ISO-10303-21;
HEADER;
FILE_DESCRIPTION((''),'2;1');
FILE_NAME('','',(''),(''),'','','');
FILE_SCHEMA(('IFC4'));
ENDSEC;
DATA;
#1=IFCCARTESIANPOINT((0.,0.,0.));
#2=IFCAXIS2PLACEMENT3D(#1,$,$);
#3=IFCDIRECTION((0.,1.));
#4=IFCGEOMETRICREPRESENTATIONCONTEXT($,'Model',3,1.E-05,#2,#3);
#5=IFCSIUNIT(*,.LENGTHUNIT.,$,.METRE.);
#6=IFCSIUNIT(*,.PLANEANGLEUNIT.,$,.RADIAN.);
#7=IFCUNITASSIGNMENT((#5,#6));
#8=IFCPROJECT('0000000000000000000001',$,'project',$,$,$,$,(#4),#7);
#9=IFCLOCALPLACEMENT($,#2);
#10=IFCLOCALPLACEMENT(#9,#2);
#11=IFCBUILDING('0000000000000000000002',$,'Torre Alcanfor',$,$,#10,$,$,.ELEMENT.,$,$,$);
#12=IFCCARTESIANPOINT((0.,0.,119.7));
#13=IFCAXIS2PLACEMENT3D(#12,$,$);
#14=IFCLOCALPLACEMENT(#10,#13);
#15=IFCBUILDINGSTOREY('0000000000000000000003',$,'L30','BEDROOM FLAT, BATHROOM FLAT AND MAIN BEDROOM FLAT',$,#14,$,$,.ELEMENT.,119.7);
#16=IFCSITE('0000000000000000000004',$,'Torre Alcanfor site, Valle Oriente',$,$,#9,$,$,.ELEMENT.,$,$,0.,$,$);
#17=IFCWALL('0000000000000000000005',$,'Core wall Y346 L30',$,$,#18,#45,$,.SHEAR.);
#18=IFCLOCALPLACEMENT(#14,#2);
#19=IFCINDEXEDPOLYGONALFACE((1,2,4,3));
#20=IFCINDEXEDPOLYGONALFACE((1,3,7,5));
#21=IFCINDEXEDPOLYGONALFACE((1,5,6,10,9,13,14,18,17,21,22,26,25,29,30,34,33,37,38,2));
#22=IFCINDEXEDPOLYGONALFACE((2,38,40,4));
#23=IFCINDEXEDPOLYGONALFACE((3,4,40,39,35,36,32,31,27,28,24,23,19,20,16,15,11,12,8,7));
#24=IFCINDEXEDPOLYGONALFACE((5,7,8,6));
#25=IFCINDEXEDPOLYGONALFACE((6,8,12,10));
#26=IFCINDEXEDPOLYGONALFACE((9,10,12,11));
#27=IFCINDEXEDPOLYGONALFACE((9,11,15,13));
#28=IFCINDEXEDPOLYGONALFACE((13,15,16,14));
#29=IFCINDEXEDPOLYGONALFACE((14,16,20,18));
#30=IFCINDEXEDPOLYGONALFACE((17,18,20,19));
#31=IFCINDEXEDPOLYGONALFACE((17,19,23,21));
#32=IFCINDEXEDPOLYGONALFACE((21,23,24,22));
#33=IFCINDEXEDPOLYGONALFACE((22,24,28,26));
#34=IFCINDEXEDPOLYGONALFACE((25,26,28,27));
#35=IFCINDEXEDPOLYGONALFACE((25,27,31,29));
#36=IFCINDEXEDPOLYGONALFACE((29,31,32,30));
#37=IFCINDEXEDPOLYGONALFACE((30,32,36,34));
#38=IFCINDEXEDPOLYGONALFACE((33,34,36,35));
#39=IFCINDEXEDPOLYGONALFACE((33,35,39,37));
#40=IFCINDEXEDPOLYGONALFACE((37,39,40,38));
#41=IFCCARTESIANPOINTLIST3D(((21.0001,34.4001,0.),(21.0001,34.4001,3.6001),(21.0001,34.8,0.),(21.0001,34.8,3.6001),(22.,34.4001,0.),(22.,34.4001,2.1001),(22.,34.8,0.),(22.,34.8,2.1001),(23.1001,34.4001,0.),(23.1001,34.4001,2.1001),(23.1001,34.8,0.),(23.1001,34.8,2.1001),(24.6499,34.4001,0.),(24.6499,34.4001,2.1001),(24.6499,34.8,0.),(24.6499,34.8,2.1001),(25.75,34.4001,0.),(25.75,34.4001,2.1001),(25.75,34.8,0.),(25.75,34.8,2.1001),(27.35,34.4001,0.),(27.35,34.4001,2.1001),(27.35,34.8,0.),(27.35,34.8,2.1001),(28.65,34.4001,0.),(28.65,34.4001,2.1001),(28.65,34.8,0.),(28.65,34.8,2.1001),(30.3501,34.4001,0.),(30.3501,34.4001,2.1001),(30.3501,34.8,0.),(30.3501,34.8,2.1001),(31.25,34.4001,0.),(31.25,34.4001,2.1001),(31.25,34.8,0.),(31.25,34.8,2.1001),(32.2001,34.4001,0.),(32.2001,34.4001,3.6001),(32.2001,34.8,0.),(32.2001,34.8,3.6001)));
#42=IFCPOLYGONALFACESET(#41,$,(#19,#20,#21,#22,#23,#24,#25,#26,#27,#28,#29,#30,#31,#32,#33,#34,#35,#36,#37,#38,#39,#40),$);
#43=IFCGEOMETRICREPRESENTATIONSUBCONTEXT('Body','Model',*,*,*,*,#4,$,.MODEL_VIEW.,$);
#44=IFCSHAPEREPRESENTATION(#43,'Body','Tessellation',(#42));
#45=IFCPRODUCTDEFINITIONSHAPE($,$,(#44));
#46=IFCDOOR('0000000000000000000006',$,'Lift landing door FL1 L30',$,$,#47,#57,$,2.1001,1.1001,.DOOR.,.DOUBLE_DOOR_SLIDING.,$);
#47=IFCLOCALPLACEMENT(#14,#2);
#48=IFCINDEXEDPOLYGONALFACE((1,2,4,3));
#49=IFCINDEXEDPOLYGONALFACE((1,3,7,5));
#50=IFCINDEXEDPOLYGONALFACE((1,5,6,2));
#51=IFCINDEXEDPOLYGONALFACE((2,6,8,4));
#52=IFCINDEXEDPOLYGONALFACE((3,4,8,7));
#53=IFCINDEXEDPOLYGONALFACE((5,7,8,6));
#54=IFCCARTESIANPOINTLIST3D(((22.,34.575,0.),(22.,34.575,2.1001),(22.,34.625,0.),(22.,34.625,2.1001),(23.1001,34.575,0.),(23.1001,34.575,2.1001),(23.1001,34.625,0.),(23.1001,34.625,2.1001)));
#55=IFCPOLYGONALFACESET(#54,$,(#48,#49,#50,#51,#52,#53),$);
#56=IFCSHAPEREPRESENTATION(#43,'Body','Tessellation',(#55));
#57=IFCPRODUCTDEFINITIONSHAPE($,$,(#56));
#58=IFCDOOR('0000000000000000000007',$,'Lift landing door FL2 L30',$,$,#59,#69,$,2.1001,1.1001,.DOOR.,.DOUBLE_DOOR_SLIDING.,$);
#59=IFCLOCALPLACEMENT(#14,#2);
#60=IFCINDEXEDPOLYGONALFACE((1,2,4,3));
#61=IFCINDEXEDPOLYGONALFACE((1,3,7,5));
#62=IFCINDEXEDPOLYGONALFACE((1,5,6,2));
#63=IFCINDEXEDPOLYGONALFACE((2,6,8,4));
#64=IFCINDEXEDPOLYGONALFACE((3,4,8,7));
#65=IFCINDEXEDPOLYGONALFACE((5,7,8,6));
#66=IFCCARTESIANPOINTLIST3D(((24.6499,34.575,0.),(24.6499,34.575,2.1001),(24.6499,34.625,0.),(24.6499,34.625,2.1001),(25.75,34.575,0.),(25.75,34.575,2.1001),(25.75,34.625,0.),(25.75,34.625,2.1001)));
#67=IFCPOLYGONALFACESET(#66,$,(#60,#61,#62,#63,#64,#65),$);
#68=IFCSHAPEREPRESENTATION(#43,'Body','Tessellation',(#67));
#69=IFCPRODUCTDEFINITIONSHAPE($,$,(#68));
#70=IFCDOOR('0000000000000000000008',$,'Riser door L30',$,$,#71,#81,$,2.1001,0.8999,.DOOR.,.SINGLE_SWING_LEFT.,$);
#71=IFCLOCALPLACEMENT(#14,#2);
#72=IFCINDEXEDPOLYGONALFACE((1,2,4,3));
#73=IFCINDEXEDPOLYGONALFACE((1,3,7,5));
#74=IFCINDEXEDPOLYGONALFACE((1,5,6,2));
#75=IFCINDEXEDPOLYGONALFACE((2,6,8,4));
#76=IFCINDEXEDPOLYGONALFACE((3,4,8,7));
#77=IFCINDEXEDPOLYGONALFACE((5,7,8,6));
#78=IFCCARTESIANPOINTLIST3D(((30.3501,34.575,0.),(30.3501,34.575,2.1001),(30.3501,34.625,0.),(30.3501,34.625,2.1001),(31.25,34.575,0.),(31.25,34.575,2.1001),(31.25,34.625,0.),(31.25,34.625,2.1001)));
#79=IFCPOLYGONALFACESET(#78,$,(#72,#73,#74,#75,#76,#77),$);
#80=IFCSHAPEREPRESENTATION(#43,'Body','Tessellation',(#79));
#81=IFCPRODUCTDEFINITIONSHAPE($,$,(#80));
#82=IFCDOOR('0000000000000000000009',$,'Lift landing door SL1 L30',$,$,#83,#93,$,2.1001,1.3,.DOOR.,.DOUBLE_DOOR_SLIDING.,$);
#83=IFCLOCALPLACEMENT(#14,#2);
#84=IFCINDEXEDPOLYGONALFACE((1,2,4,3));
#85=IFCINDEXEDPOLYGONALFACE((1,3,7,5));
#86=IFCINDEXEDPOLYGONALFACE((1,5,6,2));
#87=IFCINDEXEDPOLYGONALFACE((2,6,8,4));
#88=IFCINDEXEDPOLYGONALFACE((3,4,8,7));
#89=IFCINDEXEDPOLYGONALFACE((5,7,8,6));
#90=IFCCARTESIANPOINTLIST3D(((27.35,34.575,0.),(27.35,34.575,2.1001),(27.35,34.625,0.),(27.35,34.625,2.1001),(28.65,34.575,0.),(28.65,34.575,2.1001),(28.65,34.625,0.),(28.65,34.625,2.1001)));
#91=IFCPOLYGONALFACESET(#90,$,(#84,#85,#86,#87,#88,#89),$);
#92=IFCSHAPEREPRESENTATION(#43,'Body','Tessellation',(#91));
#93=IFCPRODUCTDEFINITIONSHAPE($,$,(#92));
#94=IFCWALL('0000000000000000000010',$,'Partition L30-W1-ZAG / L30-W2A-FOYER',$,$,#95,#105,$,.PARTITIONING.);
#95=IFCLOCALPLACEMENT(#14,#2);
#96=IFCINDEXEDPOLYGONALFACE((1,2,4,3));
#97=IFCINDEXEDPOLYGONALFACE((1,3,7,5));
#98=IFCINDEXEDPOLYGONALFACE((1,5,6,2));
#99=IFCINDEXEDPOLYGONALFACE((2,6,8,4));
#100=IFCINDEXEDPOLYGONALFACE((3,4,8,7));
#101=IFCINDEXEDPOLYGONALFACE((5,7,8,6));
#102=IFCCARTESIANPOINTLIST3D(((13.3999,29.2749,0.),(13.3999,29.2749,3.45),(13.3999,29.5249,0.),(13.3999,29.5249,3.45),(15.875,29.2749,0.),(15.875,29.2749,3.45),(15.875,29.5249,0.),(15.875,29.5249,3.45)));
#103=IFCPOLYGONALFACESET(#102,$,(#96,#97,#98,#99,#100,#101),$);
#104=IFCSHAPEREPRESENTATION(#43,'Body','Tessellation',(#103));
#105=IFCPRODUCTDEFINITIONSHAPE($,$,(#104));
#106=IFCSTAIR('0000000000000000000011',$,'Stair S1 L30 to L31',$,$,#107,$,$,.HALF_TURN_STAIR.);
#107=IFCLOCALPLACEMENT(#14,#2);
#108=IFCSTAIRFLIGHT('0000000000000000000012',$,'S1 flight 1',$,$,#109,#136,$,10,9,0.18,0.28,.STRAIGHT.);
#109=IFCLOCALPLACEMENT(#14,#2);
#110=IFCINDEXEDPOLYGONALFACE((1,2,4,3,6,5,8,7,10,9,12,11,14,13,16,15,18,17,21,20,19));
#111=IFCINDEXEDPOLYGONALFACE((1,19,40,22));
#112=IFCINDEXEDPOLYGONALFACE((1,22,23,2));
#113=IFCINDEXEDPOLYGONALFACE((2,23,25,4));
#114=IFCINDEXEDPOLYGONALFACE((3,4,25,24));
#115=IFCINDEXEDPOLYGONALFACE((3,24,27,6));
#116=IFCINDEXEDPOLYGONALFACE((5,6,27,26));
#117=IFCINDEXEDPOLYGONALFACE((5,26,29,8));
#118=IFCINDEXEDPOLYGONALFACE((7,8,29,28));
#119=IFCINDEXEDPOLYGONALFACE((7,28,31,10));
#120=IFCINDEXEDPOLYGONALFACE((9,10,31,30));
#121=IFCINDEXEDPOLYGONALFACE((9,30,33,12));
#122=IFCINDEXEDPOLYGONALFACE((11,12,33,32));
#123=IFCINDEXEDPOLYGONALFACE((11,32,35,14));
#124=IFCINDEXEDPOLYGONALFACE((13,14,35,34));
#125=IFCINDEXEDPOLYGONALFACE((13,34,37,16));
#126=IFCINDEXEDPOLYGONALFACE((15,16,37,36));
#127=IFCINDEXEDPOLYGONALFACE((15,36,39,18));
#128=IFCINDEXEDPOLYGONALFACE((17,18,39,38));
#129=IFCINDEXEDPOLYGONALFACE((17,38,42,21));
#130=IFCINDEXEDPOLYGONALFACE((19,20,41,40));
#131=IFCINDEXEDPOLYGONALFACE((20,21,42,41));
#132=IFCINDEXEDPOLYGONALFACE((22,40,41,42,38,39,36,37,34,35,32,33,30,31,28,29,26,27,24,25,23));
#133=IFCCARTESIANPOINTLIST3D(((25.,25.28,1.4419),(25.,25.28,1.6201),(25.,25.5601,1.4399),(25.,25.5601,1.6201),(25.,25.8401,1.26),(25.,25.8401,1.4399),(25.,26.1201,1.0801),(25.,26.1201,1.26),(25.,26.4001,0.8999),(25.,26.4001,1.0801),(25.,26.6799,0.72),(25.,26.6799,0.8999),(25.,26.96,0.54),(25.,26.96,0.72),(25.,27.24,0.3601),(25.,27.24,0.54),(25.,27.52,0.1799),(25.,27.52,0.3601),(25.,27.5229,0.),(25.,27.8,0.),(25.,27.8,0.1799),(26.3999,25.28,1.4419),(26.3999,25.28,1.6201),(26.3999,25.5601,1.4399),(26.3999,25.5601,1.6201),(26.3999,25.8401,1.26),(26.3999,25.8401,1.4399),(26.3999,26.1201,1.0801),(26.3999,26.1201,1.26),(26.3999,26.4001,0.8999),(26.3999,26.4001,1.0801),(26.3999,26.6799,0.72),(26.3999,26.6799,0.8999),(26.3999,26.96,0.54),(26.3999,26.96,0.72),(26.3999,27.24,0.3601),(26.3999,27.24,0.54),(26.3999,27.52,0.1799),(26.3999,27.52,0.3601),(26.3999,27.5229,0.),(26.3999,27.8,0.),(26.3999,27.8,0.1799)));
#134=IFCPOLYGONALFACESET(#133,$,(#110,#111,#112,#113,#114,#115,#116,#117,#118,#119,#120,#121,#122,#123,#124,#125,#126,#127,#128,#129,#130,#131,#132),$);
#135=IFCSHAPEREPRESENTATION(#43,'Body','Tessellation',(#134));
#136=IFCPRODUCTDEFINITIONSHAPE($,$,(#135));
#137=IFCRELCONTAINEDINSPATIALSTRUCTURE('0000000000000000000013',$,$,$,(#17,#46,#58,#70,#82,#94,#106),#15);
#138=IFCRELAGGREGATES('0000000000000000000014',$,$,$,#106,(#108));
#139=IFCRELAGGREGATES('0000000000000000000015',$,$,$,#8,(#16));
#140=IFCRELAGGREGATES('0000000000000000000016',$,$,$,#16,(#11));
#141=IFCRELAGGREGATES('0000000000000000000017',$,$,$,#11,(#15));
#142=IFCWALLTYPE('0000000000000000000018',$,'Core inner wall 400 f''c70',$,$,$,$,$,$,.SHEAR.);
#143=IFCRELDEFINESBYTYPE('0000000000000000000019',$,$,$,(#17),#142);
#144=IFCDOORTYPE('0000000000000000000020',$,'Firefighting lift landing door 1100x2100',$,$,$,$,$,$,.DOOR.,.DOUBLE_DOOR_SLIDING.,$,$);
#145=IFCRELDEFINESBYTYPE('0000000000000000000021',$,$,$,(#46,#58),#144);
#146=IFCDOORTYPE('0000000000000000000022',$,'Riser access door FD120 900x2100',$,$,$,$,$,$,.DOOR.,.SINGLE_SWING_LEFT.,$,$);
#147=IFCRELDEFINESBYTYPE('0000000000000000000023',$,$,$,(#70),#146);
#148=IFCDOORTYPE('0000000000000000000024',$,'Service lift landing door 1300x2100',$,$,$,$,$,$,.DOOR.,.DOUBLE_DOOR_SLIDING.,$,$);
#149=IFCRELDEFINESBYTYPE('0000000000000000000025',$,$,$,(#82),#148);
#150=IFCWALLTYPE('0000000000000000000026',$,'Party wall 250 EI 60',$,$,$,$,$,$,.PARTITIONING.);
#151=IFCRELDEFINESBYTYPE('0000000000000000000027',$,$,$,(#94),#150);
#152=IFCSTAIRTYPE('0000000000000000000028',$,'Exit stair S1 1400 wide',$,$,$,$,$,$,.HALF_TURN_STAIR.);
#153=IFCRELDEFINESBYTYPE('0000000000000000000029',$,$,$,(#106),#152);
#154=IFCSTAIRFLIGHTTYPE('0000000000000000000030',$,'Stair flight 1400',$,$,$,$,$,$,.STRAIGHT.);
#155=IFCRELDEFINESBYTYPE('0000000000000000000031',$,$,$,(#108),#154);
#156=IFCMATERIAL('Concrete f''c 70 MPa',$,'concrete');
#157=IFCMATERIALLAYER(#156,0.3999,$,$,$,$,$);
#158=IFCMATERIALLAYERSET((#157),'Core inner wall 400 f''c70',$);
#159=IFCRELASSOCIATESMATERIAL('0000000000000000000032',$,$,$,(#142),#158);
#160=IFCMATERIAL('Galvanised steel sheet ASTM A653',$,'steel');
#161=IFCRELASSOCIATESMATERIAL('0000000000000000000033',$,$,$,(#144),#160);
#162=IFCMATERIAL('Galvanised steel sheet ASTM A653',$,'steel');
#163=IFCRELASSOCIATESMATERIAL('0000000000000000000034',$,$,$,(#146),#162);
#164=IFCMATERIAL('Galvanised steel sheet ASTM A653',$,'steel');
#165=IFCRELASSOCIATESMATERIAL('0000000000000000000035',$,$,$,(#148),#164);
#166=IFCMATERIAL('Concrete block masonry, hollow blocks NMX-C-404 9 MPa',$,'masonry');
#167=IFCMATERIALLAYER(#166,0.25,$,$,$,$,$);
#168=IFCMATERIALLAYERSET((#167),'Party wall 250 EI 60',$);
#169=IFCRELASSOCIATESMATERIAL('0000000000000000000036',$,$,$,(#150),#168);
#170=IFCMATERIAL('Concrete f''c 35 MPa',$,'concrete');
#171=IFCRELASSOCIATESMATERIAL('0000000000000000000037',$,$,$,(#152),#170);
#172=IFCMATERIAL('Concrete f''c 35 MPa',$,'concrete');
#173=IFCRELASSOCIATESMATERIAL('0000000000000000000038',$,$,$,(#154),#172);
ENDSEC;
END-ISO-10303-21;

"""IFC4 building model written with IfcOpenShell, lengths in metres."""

from ifc_helpers import new_model, si_unit, direction, frame, frame_2d, origin, place, context, subcontext, project, spatial, polyline, rectangle, outline, extrude, material, layer, layer_set, type_object, element, fill, aggregate, save


model = new_model("IFC4")

# Units and contexts
model_context = context("Model", 3, precision=1e-05, world=origin(), true_north=direction((0.0, 1.0)))
body_context = subcontext(model_context, "Body", "Model", "MODEL_VIEW")
ifc_project = project(units=[si_unit("LENGTHUNIT", "METRE"), si_unit("PLANEANGLEUNIT", "RADIAN")], contexts=[model_context])

# Site, building, storey
site_placement = place(None, origin())
site = spatial("IfcSite", under=ifc_project, at=site_placement, Name="Torre Alcanfor site, Valle Oriente", CompositionType="ELEMENT", RefElevation=0.0)
building_placement = place(site_placement, origin())
building = spatial("IfcBuilding", under=site, at=building_placement, Name="Torre Alcanfor", CompositionType="ELEMENT")
storey_placement = place(building_placement, frame((0.0, 0.0, 119.7)))
storey = spatial("IfcBuildingStorey", under=building, at=storey_placement, Name="L30", Description="BEDROOM FLAT, BATHROOM FLAT AND MAIN BEDROOM FLAT", CompositionType="ELEMENT", Elevation=119.7)

# Shared definitions
ifc_material_1 = material(Name="Concrete f'c 70 MPa", Category="concrete")
ifc_layer_1 = layer(ifc_material_1, 0.3999)
ifc_layer_set_1 = layer_set([ifc_layer_1], Name="Core inner wall 400 f'c70")
wall_type_1 = type_object("IfcWallType", Name="Core inner wall 400 f'c70", PredefinedType="SHEAR", material=ifc_layer_set_1)

# Wall, openings, doors
wall_1_placement = place(storey_placement, frame((21.0, 34.6001, 0.0), z_axis=(0.0, 0.0, 1.0), x_axis=(1.0, 0.0, 0.0)))
wall_1 = element("IfcWall", 1, at=wall_1_placement, inside=storey, type_object=wall_type_1, Name="Core wall Y346 L30", PredefinedType="SHEAR", context=body_context, shape_type="SweptSolid", body=[
    extrude(rectangle(XDim=11.2, YDim=0.3999, at=frame_2d((5.6001, 0.0))), origin(), (0.0, 0.0, 1.0), 3.6001),
])
opening_1_placement = place(wall_1_placement, frame((9.3501, 0.0, 0.0)))
opening_1 = element("IfcOpeningElement", 2, at=opening_1_placement, cuts=wall_1, PredefinedType="OPENING", context=body_context, shape_type="SweptSolid", body=[
    extrude(rectangle(XDim=0.8999, YDim=2.1001, at=frame_2d((0.45, 1.05))), frame((0.0, 0.21, 0.0), z_axis=(0.0, -1.0, 0.0), x_axis=(1.0, 0.0, 0.0)), (0.0, 0.0, 1.0), 0.4199),
])
opening_2_placement = place(wall_1_placement, frame((1.0, 0.0, 0.0)))
opening_2 = element("IfcOpeningElement", 3, at=opening_2_placement, cuts=wall_1, PredefinedType="OPENING", context=body_context, shape_type="SweptSolid", body=[
    extrude(rectangle(XDim=1.1001, YDim=2.1001, at=frame_2d((0.55, 1.05))), frame((0.0, 0.21, 0.0), z_axis=(0.0, -1.0, 0.0), x_axis=(1.0, 0.0, 0.0)), (0.0, 0.0, 1.0), 0.4199),
])
opening_3_placement = place(wall_1_placement, frame((3.6499, 0.0, 0.0)))
opening_3 = element("IfcOpeningElement", 4, at=opening_3_placement, cuts=wall_1, PredefinedType="OPENING", context=body_context, shape_type="SweptSolid", body=[
    extrude(rectangle(XDim=1.1001, YDim=2.1001, at=frame_2d((0.55, 1.05))), frame((0.0, 0.21, 0.0), z_axis=(0.0, -1.0, 0.0), x_axis=(1.0, 0.0, 0.0)), (0.0, 0.0, 1.0), 0.4199),
])
opening_4_placement = place(wall_1_placement, frame((6.3501, 0.0, 0.0)))
opening_4 = element("IfcOpeningElement", 5, at=opening_4_placement, cuts=wall_1, PredefinedType="OPENING", context=body_context, shape_type="SweptSolid", body=[
    extrude(rectangle(XDim=1.3, YDim=2.1001, at=frame_2d((0.6499, 1.05))), frame((0.0, 0.21, 0.0), z_axis=(0.0, -1.0, 0.0), x_axis=(1.0, 0.0, 0.0)), (0.0, 0.0, 1.0), 0.4199),
])
ifc_material_2 = material(Name="Galvanised steel sheet ASTM A653", Category="steel")
door_type_1 = type_object("IfcDoorType", Name="Firefighting lift landing door 1100x2100", OperationType="DOUBLE_DOOR_SLIDING", PredefinedType="DOOR", material=ifc_material_2)
door_1_placement = place(opening_2_placement, origin())
door_1 = element("IfcDoor", 6, at=door_1_placement, inside=storey, type_object=door_type_1, Name="Lift landing door FL1 L30", OperationType="DOUBLE_DOOR_SLIDING", OverallHeight=2.1001, OverallWidth=1.1001, PredefinedType="DOOR", context=body_context, shape_type="SweptSolid", body=[
    extrude(rectangle(XDim=1.1001, YDim=2.1001, at=frame_2d((0.55, 1.05))), frame((0.0, 0.0249, 0.0), z_axis=(0.0, -1.0, 0.0), x_axis=(1.0, 0.0, 0.0)), (0.0, 0.0, 1.0), 0.05),
])
fill(opening_2, door_1)
door_2_placement = place(opening_3_placement, origin())
door_2 = element("IfcDoor", 7, at=door_2_placement, inside=storey, type_object=door_type_1, Name="Lift landing door FL2 L30", OperationType="DOUBLE_DOOR_SLIDING", OverallHeight=2.1001, OverallWidth=1.1001, PredefinedType="DOOR", context=body_context, shape_type="SweptSolid", body=[
    extrude(rectangle(XDim=1.1001, YDim=2.1001, at=frame_2d((0.55, 1.05))), frame((0.0, 0.0249, 0.0), z_axis=(0.0, -1.0, 0.0), x_axis=(1.0, 0.0, 0.0)), (0.0, 0.0, 1.0), 0.05),
])
fill(opening_3, door_2)
ifc_material_3 = material(Name="Galvanised steel sheet ASTM A653", Category="steel")
door_type_2 = type_object("IfcDoorType", Name="Riser access door FD120 900x2100", OperationType="SINGLE_SWING_LEFT", PredefinedType="DOOR", material=ifc_material_3)
door_3_placement = place(opening_1_placement, origin())
door_3 = element("IfcDoor", 8, at=door_3_placement, inside=storey, type_object=door_type_2, Name="Riser door L30", OperationType="SINGLE_SWING_LEFT", OverallHeight=2.1001, OverallWidth=0.8999, PredefinedType="DOOR", context=body_context, shape_type="SweptSolid", body=[
    extrude(rectangle(XDim=0.8999, YDim=2.1001, at=frame_2d((0.45, 1.05))), frame((0.0, 0.0249, 0.0), z_axis=(0.0, -1.0, 0.0), x_axis=(1.0, 0.0, 0.0)), (0.0, 0.0, 1.0), 0.05),
])
fill(opening_1, door_3)
ifc_material_4 = material(Name="Galvanised steel sheet ASTM A653", Category="steel")
door_type_3 = type_object("IfcDoorType", Name="Service lift landing door 1300x2100", OperationType="DOUBLE_DOOR_SLIDING", PredefinedType="DOOR", material=ifc_material_4)
door_4_placement = place(opening_4_placement, origin())
door_4 = element("IfcDoor", 9, at=door_4_placement, inside=storey, type_object=door_type_3, Name="Lift landing door SL1 L30", OperationType="DOUBLE_DOOR_SLIDING", OverallHeight=2.1001, OverallWidth=1.3, PredefinedType="DOOR", context=body_context, shape_type="SweptSolid", body=[
    extrude(rectangle(XDim=1.3, YDim=2.1001, at=frame_2d((0.6499, 1.05))), frame((0.0, 0.0249, 0.0), z_axis=(0.0, -1.0, 0.0), x_axis=(1.0, 0.0, 0.0)), (0.0, 0.0, 1.0), 0.05),
])
fill(opening_4, door_4)

# Wall
ifc_material_5 = material(Name="Concrete block masonry, hollow blocks NMX-C-404 9 MPa", Category="masonry")
ifc_layer_2 = layer(ifc_material_5, 0.25)
ifc_layer_set_2 = layer_set([ifc_layer_2], Name="Party wall 250 EI 60")
wall_type_2 = type_object("IfcWallType", Name="Party wall 250 EI 60", PredefinedType="PARTITIONING", material=ifc_layer_set_2)
wall_2_placement = place(storey_placement, frame((15.875, 29.3999, 0.0), z_axis=(0.0, 0.0, 1.0), x_axis=(-1.0, 0.0, 0.0)))
element("IfcWall", 10, at=wall_2_placement, inside=storey, type_object=wall_type_2, Name="Partition L30-W1-ZAG / L30-W2A-FOYER", PredefinedType="PARTITIONING", context=body_context, shape_type="SweptSolid", body=[
    extrude(rectangle(XDim=2.4751, YDim=0.25, at=frame_2d((1.2375, 0.0))), origin(), (0.0, 0.0, 1.0), 3.45),
])

# Stair, stair flight
ifc_material_6 = material(Name="Concrete f'c 35 MPa", Category="concrete")
stair_type = type_object("IfcStairType", Name="Exit stair S1 1400 wide", PredefinedType="HALF_TURN_STAIR", material=ifc_material_6)
stair_placement = place(storey_placement, origin())
stair = element("IfcStair", 11, at=stair_placement, inside=storey, type_object=stair_type, Name="Stair S1 L30 to L31", PredefinedType="HALF_TURN_STAIR")
ifc_material_7 = material(Name="Concrete f'c 35 MPa", Category="concrete")
stair_flight_type = type_object("IfcStairFlightType", Name="Stair flight 1400", PredefinedType="STRAIGHT", material=ifc_material_7)
stair_flight_placement = place(storey_placement, frame((25.7, 27.8, 0.0), z_axis=(0.0, 0.0, 1.0), x_axis=(0.0, -1.0, 0.0)))
stair_flight = element("IfcStairFlight", 12, at=stair_flight_placement, type_object=stair_flight_type, Name="S1 flight 1", NumberOfRisers=10, NumberOfTreads=9, PredefinedType="STRAIGHT", RiserHeight=0.18, TreadLength=0.28, context=body_context, shape_type="SweptSolid", body=[
    extrude(outline(polyline([(0.0, 0.0), (0.0, 0.1799), (0.28, 0.1799), (0.28, 0.3601), (0.5601, 0.3601), (0.5601, 0.54), (0.8401, 0.54), (0.8401, 0.72), (1.1201, 0.72), (1.1201, 0.8999), (1.3999, 0.8999), (1.3999, 1.0801), (1.6799, 1.0801), (1.6799, 1.26), (1.96, 1.26), (1.96, 1.4399), (2.24, 1.4399), (2.24, 1.6201), (2.52, 1.6201), (2.52, 1.8), (2.52, 1.4419), (0.2771, 0.0), (0.0, 0.0)])), frame((0.0, 0.7, 0.0), z_axis=(0.0, -1.0, 0.0), x_axis=(1.0, 0.0, 0.0)), (0.0, 0.0, 1.0), 1.3999),
])
aggregate(stair, [stair_flight])

save(model, "model.ifc")
